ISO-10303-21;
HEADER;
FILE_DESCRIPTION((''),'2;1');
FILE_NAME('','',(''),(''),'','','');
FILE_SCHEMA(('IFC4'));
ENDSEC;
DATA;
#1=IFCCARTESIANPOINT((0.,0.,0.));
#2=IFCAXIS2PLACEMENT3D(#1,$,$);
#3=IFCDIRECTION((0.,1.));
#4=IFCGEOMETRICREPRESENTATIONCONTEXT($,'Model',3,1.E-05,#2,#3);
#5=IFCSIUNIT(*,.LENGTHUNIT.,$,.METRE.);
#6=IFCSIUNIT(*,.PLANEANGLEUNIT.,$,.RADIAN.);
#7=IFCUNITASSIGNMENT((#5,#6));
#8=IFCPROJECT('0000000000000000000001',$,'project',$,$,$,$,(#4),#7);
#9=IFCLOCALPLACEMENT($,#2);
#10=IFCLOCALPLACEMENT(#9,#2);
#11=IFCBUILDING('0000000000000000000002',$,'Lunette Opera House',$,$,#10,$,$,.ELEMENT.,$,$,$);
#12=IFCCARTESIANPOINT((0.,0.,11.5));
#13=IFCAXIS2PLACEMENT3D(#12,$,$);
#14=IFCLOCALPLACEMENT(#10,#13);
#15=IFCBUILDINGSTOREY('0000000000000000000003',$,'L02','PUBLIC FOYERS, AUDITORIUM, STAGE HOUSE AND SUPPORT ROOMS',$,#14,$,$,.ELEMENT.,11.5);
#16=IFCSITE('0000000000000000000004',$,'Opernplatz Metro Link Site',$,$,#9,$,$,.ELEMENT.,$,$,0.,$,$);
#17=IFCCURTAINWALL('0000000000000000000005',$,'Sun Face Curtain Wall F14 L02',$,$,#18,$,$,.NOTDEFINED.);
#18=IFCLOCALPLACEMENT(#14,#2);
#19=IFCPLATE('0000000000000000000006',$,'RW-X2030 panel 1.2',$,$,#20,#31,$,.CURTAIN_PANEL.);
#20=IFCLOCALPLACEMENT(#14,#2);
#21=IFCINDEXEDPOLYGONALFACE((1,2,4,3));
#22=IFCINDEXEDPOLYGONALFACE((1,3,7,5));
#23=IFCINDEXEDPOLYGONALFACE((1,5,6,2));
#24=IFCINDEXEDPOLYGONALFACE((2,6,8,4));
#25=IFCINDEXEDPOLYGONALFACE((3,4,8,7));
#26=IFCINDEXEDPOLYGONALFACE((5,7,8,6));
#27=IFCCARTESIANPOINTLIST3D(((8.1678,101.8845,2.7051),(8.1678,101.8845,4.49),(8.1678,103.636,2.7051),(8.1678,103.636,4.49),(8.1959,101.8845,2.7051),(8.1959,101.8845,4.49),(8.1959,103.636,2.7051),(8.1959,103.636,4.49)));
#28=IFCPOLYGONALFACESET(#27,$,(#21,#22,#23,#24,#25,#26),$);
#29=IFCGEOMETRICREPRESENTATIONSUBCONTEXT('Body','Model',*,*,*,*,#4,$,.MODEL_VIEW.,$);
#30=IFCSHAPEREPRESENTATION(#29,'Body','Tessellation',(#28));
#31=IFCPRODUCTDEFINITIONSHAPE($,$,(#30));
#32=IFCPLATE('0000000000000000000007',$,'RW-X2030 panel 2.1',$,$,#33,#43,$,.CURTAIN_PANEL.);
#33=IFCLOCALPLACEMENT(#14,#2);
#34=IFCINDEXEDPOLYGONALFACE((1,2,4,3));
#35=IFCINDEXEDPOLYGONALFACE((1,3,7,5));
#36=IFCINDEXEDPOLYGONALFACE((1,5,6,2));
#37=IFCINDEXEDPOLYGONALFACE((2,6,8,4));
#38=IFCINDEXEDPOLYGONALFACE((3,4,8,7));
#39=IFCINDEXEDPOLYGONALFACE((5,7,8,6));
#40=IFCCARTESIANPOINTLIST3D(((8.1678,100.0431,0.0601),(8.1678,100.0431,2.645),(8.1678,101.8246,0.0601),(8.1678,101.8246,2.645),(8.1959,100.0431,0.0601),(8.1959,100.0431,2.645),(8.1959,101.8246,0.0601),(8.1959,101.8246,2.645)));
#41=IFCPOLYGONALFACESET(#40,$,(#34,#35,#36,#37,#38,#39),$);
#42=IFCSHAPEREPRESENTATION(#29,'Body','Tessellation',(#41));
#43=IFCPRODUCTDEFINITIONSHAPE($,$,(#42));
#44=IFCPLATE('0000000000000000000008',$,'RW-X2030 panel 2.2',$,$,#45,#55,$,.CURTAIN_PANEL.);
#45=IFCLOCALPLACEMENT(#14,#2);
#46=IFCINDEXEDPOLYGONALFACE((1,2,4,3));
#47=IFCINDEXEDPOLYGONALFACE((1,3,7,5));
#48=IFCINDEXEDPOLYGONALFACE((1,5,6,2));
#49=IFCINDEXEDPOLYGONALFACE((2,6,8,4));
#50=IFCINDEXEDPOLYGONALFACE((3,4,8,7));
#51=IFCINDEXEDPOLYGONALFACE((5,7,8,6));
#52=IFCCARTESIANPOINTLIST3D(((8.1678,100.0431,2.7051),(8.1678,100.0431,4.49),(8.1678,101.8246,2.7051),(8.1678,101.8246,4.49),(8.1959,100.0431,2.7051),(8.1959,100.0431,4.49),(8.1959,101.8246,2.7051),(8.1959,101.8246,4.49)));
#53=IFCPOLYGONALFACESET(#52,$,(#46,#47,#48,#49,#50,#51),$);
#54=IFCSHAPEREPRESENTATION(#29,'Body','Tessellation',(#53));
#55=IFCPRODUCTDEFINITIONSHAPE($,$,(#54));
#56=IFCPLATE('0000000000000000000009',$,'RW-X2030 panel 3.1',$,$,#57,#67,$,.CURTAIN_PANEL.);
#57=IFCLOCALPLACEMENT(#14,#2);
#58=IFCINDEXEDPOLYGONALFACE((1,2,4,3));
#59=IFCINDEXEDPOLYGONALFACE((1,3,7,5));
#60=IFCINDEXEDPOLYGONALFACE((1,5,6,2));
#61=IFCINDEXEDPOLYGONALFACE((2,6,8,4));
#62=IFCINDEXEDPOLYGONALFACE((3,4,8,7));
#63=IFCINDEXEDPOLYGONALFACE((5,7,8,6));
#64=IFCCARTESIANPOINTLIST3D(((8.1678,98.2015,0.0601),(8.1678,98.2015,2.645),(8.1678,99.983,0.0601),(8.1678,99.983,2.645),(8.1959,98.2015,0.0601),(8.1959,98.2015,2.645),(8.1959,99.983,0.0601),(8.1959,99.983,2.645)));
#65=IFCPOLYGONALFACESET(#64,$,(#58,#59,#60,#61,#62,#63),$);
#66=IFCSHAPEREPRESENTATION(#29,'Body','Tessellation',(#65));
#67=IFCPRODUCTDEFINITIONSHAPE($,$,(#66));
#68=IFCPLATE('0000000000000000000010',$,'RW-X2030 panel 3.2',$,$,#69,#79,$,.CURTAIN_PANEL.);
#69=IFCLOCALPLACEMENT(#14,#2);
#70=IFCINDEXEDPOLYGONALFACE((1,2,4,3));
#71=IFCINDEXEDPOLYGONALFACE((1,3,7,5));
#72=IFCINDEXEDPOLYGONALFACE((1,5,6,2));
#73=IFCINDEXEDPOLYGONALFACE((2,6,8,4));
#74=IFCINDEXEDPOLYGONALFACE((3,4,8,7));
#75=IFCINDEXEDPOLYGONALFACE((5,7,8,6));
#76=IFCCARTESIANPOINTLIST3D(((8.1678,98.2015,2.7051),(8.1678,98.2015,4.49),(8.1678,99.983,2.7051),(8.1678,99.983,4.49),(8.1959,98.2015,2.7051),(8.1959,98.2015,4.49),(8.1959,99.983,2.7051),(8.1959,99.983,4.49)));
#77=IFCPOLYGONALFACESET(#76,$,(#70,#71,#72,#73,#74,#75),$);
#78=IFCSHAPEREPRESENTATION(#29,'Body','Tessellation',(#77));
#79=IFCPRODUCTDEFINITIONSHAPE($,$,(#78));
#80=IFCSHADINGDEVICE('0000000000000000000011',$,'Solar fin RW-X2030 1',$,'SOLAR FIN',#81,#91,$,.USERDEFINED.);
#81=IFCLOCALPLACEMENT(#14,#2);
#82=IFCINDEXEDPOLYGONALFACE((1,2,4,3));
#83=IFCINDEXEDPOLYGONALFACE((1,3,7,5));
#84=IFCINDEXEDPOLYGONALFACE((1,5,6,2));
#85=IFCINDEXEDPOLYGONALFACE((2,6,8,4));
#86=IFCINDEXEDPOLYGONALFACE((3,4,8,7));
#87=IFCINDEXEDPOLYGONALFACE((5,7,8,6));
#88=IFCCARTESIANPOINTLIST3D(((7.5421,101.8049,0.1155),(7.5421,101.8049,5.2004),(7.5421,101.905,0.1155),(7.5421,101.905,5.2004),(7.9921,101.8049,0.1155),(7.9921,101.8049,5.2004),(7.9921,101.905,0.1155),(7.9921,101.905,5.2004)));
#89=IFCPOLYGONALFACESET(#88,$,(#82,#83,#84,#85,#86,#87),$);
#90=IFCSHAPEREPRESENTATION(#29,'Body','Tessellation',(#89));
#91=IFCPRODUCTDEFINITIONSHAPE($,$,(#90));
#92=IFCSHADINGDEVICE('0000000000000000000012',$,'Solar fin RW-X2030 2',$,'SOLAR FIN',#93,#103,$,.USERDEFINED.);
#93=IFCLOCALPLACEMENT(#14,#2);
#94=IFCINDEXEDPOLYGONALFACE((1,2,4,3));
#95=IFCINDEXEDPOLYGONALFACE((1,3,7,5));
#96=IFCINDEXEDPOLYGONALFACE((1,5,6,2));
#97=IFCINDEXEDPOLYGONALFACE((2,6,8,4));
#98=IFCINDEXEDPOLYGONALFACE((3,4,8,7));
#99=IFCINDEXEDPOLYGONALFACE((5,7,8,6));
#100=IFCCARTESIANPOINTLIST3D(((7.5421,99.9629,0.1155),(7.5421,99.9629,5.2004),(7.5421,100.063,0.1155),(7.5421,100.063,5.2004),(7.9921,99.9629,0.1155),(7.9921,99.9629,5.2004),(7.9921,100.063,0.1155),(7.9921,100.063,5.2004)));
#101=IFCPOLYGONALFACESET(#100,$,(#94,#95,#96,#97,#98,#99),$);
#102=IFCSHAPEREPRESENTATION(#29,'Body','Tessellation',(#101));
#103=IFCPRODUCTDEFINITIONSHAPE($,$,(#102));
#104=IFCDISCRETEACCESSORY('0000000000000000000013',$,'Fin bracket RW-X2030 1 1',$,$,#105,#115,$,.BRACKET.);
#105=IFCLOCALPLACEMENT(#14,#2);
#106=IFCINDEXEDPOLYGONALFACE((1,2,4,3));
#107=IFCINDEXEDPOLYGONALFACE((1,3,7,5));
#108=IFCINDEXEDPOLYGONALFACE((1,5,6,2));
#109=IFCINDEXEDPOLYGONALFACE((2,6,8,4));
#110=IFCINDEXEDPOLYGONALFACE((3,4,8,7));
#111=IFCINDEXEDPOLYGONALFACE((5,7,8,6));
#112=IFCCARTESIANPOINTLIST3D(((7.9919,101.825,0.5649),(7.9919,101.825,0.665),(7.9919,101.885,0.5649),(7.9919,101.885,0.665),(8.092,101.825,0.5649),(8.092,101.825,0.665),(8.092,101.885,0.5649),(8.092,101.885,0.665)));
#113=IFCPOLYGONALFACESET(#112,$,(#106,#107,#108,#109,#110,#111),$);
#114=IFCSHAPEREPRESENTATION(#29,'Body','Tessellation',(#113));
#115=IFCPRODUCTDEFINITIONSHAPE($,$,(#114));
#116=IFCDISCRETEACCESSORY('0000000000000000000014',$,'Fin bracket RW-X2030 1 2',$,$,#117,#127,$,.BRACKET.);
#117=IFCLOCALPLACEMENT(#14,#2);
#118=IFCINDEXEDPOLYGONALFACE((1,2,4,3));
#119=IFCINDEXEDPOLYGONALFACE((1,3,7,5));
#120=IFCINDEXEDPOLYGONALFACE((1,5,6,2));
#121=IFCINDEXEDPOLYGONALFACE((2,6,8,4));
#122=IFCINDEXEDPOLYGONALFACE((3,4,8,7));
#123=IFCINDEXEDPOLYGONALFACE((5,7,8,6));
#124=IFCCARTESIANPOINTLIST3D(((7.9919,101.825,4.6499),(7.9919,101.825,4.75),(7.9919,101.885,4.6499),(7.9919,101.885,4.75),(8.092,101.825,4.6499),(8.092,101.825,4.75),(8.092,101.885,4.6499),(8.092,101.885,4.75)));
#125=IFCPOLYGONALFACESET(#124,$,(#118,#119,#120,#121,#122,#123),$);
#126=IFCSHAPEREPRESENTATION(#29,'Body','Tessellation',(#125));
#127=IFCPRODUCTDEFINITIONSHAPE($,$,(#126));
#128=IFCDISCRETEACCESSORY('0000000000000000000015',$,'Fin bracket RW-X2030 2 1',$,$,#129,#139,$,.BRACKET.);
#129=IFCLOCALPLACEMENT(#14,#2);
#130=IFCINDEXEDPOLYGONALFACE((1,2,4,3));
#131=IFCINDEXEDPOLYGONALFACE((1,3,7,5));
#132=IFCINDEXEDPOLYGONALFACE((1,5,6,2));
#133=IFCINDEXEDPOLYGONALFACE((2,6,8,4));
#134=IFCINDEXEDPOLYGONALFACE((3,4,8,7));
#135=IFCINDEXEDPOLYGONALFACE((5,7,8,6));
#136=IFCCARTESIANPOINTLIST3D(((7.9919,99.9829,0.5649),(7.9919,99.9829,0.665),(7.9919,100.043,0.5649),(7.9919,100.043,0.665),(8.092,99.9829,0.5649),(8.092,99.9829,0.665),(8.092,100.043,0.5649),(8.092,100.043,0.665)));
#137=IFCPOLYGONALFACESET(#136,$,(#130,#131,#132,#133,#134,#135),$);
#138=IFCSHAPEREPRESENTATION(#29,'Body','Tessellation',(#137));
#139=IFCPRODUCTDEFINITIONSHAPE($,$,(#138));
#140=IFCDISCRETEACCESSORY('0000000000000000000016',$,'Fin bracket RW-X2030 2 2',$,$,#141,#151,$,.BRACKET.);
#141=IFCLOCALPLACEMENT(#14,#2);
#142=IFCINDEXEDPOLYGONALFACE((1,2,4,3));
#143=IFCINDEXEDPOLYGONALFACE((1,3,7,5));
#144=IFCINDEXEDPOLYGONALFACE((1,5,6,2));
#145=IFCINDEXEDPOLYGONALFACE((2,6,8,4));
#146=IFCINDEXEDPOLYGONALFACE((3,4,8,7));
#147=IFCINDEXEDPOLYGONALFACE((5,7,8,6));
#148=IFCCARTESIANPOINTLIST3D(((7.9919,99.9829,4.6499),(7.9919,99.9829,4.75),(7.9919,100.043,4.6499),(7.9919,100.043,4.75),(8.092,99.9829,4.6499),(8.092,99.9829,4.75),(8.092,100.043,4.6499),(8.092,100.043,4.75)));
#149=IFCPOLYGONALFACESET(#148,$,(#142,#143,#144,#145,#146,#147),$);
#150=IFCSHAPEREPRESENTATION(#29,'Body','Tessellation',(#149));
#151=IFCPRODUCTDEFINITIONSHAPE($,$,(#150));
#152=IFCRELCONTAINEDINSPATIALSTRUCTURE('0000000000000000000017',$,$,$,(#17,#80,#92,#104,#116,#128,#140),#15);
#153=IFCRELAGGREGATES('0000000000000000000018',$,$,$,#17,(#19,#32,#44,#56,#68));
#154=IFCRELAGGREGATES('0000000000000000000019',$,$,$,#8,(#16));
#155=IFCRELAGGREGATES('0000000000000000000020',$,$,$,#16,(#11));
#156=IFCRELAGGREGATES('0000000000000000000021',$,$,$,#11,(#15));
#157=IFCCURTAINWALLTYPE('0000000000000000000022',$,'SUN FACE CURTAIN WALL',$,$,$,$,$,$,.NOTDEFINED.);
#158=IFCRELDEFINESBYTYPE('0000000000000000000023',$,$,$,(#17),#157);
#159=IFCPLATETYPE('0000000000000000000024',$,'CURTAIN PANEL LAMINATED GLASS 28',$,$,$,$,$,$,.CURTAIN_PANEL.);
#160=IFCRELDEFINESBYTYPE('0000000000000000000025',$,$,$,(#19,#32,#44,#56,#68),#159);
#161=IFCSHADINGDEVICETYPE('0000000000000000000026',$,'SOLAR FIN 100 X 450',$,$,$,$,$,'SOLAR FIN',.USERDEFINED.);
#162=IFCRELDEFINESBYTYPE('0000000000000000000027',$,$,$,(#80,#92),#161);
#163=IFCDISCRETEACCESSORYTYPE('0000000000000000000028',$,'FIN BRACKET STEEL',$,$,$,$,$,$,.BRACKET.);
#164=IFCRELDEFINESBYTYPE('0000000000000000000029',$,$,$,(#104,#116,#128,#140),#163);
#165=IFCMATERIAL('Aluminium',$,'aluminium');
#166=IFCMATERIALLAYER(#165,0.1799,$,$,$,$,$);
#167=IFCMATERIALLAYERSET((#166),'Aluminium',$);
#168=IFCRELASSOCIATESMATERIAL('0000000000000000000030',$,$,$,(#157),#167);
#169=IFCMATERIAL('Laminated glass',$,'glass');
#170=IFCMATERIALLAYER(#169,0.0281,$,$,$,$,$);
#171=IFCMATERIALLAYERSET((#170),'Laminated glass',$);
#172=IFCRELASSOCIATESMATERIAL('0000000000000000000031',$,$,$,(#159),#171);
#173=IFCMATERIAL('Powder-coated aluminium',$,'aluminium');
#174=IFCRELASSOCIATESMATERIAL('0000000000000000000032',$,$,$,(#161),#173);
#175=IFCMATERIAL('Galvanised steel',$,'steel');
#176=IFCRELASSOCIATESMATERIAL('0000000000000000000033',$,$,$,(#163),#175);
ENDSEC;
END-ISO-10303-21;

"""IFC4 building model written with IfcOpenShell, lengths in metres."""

from ifc_helpers import new_model, si_unit, direction, frame, origin, origin_2d, place, context, subcontext, project, spatial, rectangle, extrude, material, layer, layer_set, type_object, element, aggregate, save


model = new_model("IFC4")

# Units and contexts
model_context = context("Model", 3, precision=1e-05, world=origin(), true_north=direction((0.0, 1.0)))
body_context = subcontext(model_context, "Body", "Model", "MODEL_VIEW")
ifc_project = project(units=[si_unit("LENGTHUNIT", "METRE"), si_unit("PLANEANGLEUNIT", "RADIAN")], contexts=[model_context])

# Site, building, storey
site_placement = place(None, origin())
site = spatial("IfcSite", under=ifc_project, at=site_placement, Name="Opernplatz Metro Link Site", CompositionType="ELEMENT", RefElevation=0.0)
building_placement = place(site_placement, origin())
building = spatial("IfcBuilding", under=site, at=building_placement, Name="Lunette Opera House", CompositionType="ELEMENT")
storey_placement = place(building_placement, frame((0.0, 0.0, 11.5)))
storey = spatial("IfcBuildingStorey", under=building, at=storey_placement, Name="L02", Description="PUBLIC FOYERS, AUDITORIUM, STAGE HOUSE AND SUPPORT ROOMS", CompositionType="ELEMENT", Elevation=11.5)

# Curtain wall
ifc_material_1 = material(Name="Aluminium", Category="aluminium")
ifc_layer_1 = layer(ifc_material_1, 0.1799)
ifc_layer_set_1 = layer_set([ifc_layer_1], Name="Aluminium")
curtain_wall_type = type_object("IfcCurtainWallType", Name="SUN FACE CURTAIN WALL", PredefinedType="NOTDEFINED", material=ifc_layer_set_1)
curtain_wall_placement = place(storey_placement, origin())
curtain_wall = element("IfcCurtainWall", 1, at=curtain_wall_placement, inside=storey, type_object=curtain_wall_type, Name="Sun Face Curtain Wall F14 L02", PredefinedType="NOTDEFINED")

# Plates
ifc_material_2 = material(Name="Laminated glass", Category="glass")
ifc_layer_2 = layer(ifc_material_2, 0.0281)
ifc_layer_set_2 = layer_set([ifc_layer_2], Name="Laminated glass")
plate_type = type_object("IfcPlateType", Name="CURTAIN PANEL LAMINATED GLASS 28", PredefinedType="CURTAIN_PANEL", material=ifc_layer_set_2)
plate_1_placement = place(storey_placement, frame((8.1819, 102.7603, 2.7051), z_axis=(0.0, 0.0, 1.0), x_axis=(0.0, -1.0, 0.0)))
plate_1 = element("IfcPlate", 2, at=plate_1_placement, type_object=plate_type, Name="RW-X2030 panel 1.2", PredefinedType="CURTAIN_PANEL", context=body_context, shape_type="SweptSolid", body=[
    extrude(rectangle(XDim=1.7515, YDim=0.0281, at=origin_2d()), origin(), (0.0, 0.0, 1.0), 1.7849),
])
plate_2_placement = place(storey_placement, frame((8.1819, 100.9338, 0.0601), z_axis=(0.0, 0.0, 1.0), x_axis=(0.0, -1.0, 0.0)))
plate_2 = element("IfcPlate", 3, at=plate_2_placement, type_object=plate_type, Name="RW-X2030 panel 2.1", PredefinedType="CURTAIN_PANEL", context=body_context, shape_type="SweptSolid", body=[
    extrude(rectangle(XDim=1.7815, YDim=0.0281, at=origin_2d()), origin(), (0.0, 0.0, 1.0), 2.585),
])
plate_3_placement = place(storey_placement, frame((8.1819, 100.9338, 2.7051), z_axis=(0.0, 0.0, 1.0), x_axis=(0.0, -1.0, 0.0)))
plate_3 = element("IfcPlate", 4, at=plate_3_placement, type_object=plate_type, Name="RW-X2030 panel 2.2", PredefinedType="CURTAIN_PANEL", context=body_context, shape_type="SweptSolid", body=[
    extrude(rectangle(XDim=1.7815, YDim=0.0281, at=origin_2d()), origin(), (0.0, 0.0, 1.0), 1.7849),
])
plate_4_placement = place(storey_placement, frame((8.1819, 99.0923, 0.0601), z_axis=(0.0, 0.0, 1.0), x_axis=(0.0, -1.0, 0.0)))
plate_4 = element("IfcPlate", 5, at=plate_4_placement, type_object=plate_type, Name="RW-X2030 panel 3.1", PredefinedType="CURTAIN_PANEL", context=body_context, shape_type="SweptSolid", body=[
    extrude(rectangle(XDim=1.7815, YDim=0.0281, at=origin_2d()), origin(), (0.0, 0.0, 1.0), 2.585),
])
plate_5_placement = place(storey_placement, frame((8.1819, 99.0923, 2.7051), z_axis=(0.0, 0.0, 1.0), x_axis=(0.0, -1.0, 0.0)))
plate_5 = element("IfcPlate", 6, at=plate_5_placement, type_object=plate_type, Name="RW-X2030 panel 3.2", PredefinedType="CURTAIN_PANEL", context=body_context, shape_type="SweptSolid", body=[
    extrude(rectangle(XDim=1.7815, YDim=0.0281, at=origin_2d()), origin(), (0.0, 0.0, 1.0), 1.7849),
])
aggregate(curtain_wall, [plate_1, plate_2, plate_3, plate_4, plate_5])

# Shading devices
ifc_material_3 = material(Name="Powder-coated aluminium", Category="aluminium")
shading_device_type = type_object("IfcShadingDeviceType", Name="SOLAR FIN 100 X 450", ElementType="SOLAR FIN", PredefinedType="USERDEFINED", material=ifc_material_3)
for number, where, z_axis, x_axis, name in (
    (7, (7.7671, 101.855, 0.1155), (0.0, 0.0, 1.0), (-1.0, 0.0, 0.0), "Solar fin RW-X2030 1"),
    (8, (7.7671, 100.0129, 0.1155), (0.0, 0.0, 1.0), (-1.0, 0.0, 0.0), "Solar fin RW-X2030 2"),
):
    element("IfcShadingDevice", number, at=place(storey_placement, frame(where, z_axis=z_axis, x_axis=x_axis)), inside=storey, type_object=shading_device_type, Name=name, ObjectType="SOLAR FIN", PredefinedType="USERDEFINED", context=body_context, shape_type="SweptSolid", body=[
        extrude(rectangle(XDim=0.45, YDim=0.1001, at=origin_2d()), origin(), (0.0, 0.0, 1.0), 5.085),
    ])

# Discrete accessories
ifc_material_4 = material(Name="Galvanised steel", Category="steel")
discrete_accessory_type = type_object("IfcDiscreteAccessoryType", Name="FIN BRACKET STEEL", PredefinedType="BRACKET", material=ifc_material_4)
for number, where, z_axis, x_axis, name in (
    (9, (8.042, 101.855, 0.5649), (0.0, 0.0, 1.0), (-1.0, 0.0, 0.0), "Fin bracket RW-X2030 1 1"),
    (10, (8.042, 101.855, 4.6499), (0.0, 0.0, 1.0), (-1.0, 0.0, 0.0), "Fin bracket RW-X2030 1 2"),
    (11, (8.042, 100.0129, 0.5649), (0.0, 0.0, 1.0), (-1.0, 0.0, 0.0), "Fin bracket RW-X2030 2 1"),
    (12, (8.042, 100.0129, 4.6499), (0.0, 0.0, 1.0), (-1.0, 0.0, 0.0), "Fin bracket RW-X2030 2 2"),
):
    element("IfcDiscreteAccessory", number, at=place(storey_placement, frame(where, z_axis=z_axis, x_axis=x_axis)), inside=storey, type_object=discrete_accessory_type, Name=name, PredefinedType="BRACKET", context=body_context, shape_type="SweptSolid", body=[
        extrude(rectangle(XDim=0.1001, YDim=0.0601, at=origin_2d()), origin(), (0.0, 0.0, 1.0), 0.1001),
    ])

save(model, "model.ifc")
